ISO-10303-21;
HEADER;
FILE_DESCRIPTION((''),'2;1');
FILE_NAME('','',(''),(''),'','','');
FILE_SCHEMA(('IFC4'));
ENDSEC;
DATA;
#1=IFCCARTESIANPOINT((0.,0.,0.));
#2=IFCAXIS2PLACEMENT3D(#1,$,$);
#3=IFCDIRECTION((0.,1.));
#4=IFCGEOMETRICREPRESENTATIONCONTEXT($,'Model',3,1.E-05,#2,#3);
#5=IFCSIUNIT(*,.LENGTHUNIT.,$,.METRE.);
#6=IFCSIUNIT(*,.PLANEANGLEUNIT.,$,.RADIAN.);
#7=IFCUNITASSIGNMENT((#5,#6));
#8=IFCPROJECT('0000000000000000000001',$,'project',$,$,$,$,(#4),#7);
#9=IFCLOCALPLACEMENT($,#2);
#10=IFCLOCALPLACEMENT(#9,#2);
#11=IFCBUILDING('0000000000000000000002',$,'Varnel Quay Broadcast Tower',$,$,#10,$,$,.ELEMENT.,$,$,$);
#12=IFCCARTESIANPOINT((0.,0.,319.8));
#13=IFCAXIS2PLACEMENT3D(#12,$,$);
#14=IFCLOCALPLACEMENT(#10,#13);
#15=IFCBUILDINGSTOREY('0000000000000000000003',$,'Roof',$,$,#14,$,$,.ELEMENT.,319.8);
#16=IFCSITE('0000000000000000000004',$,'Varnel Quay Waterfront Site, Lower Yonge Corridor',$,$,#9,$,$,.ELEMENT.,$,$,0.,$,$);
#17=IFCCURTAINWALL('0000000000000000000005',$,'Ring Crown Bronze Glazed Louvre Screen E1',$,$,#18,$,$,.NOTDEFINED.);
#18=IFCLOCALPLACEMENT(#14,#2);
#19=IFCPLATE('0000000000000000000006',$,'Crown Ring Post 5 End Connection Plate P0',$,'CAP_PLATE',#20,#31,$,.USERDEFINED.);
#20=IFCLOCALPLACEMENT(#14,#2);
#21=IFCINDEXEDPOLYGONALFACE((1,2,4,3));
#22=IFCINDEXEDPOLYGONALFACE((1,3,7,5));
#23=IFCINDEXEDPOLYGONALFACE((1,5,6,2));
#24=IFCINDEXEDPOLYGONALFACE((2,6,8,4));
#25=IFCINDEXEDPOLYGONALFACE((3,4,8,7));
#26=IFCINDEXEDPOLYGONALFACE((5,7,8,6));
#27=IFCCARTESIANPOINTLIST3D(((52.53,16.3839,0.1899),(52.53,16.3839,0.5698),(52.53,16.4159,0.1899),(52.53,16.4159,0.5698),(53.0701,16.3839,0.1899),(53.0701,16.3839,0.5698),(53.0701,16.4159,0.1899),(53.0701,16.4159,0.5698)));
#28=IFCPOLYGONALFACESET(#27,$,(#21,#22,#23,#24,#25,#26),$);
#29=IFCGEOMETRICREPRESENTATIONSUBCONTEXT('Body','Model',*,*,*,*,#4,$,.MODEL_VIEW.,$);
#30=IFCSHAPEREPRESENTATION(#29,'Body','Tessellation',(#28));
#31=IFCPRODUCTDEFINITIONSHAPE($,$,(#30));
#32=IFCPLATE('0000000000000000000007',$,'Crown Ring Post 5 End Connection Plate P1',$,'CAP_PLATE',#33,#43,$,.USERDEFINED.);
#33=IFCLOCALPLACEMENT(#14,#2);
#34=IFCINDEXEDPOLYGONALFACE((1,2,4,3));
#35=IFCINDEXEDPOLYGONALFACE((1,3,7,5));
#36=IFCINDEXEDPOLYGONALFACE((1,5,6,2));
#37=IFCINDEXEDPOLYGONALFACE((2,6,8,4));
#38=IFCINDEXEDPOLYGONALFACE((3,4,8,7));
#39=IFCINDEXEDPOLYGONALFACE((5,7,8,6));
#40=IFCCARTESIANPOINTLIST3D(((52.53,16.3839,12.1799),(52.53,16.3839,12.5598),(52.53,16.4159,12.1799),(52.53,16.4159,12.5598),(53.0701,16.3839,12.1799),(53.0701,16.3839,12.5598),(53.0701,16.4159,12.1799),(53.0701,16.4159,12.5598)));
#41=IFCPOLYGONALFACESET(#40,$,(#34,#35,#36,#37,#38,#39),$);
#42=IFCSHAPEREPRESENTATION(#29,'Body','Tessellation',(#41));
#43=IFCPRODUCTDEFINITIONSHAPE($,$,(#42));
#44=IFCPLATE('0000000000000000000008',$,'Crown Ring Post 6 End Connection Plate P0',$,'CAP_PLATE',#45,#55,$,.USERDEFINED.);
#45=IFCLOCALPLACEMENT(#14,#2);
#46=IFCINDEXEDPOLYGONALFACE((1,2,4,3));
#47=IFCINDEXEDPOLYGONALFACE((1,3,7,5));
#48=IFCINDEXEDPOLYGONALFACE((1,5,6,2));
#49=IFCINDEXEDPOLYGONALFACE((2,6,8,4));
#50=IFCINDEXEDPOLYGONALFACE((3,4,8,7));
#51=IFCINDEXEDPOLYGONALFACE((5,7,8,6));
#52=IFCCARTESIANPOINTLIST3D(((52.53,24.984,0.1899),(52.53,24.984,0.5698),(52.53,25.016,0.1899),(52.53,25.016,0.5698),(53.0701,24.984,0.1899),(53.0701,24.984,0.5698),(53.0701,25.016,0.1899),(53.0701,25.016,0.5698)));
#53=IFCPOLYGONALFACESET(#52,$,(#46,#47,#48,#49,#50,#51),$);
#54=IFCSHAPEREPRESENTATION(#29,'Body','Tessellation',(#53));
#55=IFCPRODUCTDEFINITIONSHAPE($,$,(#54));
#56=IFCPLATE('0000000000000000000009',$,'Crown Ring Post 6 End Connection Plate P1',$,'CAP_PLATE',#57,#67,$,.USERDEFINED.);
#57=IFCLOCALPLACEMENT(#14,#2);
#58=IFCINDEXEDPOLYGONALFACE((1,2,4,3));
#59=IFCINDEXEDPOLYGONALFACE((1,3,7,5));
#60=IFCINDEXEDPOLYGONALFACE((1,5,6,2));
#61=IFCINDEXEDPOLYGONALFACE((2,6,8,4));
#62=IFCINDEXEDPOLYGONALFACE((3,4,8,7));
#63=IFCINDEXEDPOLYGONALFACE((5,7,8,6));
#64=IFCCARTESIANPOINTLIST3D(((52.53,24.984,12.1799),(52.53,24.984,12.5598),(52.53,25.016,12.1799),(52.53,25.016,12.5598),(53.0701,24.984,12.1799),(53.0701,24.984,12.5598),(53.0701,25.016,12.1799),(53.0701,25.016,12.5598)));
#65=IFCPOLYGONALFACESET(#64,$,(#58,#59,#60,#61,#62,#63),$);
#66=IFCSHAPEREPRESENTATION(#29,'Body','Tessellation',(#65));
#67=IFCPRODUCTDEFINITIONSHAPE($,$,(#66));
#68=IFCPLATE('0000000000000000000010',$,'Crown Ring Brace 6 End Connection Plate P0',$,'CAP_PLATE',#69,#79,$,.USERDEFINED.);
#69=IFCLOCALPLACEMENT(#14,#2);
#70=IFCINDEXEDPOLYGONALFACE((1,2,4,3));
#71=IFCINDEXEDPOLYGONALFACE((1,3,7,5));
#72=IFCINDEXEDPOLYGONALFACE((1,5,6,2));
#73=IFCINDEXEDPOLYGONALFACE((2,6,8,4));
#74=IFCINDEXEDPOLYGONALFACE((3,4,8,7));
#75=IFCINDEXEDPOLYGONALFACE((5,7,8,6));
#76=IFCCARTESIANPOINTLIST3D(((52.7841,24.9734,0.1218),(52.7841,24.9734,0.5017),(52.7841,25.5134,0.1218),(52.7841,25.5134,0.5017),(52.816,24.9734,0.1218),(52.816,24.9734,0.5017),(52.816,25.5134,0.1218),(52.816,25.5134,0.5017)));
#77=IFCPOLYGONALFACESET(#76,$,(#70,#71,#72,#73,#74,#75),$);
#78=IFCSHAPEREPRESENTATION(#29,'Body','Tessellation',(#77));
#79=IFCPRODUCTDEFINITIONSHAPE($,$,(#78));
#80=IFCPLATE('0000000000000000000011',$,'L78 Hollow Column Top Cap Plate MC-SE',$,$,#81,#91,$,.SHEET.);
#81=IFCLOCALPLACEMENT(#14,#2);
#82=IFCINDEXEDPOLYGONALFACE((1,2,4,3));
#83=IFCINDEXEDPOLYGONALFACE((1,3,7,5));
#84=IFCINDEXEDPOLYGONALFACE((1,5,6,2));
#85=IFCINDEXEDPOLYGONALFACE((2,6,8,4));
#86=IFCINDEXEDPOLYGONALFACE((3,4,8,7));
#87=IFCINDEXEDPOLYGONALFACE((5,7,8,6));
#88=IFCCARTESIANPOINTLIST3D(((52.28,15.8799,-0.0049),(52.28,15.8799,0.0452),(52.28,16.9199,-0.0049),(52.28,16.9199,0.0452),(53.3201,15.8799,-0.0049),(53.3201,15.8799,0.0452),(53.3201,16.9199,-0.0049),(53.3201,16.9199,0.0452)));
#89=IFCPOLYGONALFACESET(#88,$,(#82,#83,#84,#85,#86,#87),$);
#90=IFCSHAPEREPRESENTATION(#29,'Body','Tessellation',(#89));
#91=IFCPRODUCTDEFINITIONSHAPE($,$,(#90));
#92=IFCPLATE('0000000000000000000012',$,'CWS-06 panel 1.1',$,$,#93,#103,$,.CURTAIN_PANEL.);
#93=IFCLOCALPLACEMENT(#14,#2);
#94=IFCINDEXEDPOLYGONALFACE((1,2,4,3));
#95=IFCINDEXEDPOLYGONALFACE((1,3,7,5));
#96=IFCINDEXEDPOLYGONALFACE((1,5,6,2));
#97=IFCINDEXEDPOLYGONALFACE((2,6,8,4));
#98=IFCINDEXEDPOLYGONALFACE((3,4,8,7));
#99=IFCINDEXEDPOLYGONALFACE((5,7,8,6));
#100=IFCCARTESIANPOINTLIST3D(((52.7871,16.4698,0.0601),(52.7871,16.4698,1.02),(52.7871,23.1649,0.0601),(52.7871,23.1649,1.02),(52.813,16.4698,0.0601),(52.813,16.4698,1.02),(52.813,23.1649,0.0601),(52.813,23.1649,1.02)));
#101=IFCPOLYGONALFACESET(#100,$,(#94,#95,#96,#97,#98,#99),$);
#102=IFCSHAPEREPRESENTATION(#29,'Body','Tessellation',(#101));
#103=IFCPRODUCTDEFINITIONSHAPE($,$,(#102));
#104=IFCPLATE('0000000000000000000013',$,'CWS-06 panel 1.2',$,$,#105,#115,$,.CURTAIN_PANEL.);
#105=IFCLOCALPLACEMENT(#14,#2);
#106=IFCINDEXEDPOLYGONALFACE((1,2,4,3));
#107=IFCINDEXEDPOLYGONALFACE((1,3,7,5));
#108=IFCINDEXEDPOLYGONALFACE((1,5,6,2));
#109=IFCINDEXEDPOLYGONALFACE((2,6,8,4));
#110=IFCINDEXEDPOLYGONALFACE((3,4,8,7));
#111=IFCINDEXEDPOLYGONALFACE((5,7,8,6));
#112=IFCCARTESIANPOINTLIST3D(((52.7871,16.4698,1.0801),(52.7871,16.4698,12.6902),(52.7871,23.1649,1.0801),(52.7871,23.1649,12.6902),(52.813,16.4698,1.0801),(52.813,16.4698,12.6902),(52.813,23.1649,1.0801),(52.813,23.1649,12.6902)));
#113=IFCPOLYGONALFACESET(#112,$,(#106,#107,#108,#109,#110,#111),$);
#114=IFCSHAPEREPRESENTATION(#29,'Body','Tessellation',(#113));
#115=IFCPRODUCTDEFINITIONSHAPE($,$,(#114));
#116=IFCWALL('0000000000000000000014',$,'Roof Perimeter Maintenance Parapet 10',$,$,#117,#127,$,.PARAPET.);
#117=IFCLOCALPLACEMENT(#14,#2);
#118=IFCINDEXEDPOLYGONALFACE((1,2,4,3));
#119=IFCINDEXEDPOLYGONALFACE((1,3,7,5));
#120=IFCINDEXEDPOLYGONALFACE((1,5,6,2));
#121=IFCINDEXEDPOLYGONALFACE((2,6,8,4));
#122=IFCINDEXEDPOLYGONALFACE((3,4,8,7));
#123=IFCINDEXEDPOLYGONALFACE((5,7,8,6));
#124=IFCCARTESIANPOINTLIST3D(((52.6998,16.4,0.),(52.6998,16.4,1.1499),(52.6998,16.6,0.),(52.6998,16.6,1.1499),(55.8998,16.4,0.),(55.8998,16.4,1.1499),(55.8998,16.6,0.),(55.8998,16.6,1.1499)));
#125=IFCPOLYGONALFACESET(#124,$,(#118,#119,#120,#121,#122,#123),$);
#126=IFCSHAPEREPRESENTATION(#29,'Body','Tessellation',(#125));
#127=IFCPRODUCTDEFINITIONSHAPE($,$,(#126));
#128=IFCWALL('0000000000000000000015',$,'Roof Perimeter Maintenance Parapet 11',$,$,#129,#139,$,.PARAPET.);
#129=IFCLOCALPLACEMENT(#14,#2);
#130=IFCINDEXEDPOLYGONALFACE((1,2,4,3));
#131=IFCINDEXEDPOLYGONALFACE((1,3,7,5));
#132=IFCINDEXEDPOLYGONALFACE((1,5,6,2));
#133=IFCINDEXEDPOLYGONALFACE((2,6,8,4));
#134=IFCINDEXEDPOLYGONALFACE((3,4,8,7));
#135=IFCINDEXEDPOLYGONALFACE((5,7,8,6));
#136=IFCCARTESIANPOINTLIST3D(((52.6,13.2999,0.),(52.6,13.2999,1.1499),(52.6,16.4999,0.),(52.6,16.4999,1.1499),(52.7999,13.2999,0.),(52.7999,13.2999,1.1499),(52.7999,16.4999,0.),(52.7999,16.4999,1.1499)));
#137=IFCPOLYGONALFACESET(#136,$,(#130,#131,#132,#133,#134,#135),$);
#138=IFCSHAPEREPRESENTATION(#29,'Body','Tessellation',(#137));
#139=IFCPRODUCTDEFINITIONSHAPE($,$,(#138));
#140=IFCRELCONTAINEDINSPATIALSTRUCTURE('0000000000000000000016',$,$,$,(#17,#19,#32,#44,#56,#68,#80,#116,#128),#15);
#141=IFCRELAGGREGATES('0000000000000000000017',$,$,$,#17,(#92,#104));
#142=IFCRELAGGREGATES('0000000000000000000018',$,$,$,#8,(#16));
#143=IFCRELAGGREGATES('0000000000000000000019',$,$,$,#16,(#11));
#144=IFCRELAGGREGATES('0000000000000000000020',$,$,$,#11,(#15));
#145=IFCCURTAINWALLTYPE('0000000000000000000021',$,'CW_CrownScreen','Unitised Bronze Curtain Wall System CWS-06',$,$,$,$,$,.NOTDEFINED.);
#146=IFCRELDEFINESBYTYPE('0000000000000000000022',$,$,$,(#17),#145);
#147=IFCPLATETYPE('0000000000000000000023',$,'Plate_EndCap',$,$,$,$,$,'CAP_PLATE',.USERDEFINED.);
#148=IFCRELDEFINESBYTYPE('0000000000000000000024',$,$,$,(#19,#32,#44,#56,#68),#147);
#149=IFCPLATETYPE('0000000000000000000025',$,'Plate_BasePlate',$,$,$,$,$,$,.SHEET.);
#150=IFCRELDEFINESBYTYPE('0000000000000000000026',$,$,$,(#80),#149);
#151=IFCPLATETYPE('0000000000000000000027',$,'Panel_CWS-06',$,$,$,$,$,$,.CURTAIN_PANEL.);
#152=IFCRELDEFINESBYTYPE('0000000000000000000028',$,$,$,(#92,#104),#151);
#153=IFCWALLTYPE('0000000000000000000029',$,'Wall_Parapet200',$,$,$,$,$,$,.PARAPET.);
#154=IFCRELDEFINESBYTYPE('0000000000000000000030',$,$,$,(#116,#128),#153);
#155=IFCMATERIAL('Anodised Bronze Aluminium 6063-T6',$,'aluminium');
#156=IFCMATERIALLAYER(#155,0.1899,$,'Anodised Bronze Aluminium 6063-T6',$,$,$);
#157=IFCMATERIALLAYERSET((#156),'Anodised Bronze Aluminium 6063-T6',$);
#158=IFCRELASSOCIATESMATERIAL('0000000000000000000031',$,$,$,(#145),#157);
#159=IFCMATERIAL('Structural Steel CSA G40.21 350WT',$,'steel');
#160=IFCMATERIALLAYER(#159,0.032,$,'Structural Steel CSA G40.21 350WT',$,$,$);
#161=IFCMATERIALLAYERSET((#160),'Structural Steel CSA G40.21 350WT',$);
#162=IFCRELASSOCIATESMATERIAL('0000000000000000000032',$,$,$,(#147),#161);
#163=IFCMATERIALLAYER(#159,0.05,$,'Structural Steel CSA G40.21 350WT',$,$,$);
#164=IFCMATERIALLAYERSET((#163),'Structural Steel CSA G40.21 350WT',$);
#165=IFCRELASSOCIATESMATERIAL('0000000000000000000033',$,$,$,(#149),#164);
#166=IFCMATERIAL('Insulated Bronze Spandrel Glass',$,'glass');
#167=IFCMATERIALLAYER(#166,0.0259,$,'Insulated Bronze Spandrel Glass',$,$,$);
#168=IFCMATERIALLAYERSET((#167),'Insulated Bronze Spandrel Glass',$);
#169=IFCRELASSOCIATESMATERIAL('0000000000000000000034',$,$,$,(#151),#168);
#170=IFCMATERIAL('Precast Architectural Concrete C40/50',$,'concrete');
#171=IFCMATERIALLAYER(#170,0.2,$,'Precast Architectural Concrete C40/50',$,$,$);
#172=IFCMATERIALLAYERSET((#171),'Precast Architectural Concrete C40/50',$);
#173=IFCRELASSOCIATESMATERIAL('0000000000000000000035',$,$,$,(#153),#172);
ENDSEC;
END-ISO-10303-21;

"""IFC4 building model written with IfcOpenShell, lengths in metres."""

from ifc_helpers import new_model, si_unit, direction, frame, frame_2d, origin, origin_2d, place, context, subcontext, project, spatial, rectangle, extrude, source, transform, mapped, material, layer, layer_set, type_object, type_shapes, element, aggregate, save


model = new_model("IFC4")

# Units and contexts
model_context = context("Model", 3, precision=1e-05, world=origin(), true_north=direction((0.0, 1.0)))
body_context = subcontext(model_context, "Body", "Model", "MODEL_VIEW")
ifc_project = project(units=[si_unit("LENGTHUNIT", "METRE"), si_unit("PLANEANGLEUNIT", "RADIAN")], contexts=[model_context])

# Site, building, storey
site_placement = place(None, origin())
site = spatial("IfcSite", under=ifc_project, at=site_placement, Name="Varnel Quay Waterfront Site, Lower Yonge Corridor", CompositionType="ELEMENT", RefElevation=0.0)
building_placement = place(site_placement, origin())
building = spatial("IfcBuilding", under=site, at=building_placement, Name="Varnel Quay Broadcast Tower", CompositionType="ELEMENT")
storey_placement = place(building_placement, frame((0.0, 0.0, 319.8)))
storey = spatial("IfcBuildingStorey", under=building, at=storey_placement, Name="Roof", CompositionType="ELEMENT", Elevation=319.8)

# Shared definitions
ifc_material_1 = material(Name="Structural Steel CSA G40.21 350WT", Category="steel")

# Shared definitions
ifc_material_2 = material(Name="Anodised Bronze Aluminium 6063-T6", Category="aluminium")
ifc_layer_1 = layer(ifc_material_2, 0.1899, Name="Anodised Bronze Aluminium 6063-T6")
ifc_layer_set_1 = layer_set([ifc_layer_1], Name="Anodised Bronze Aluminium 6063-T6")
curtain_wall_type = type_object("IfcCurtainWallType", Name="CW_CrownScreen", Description="Unitised Bronze Curtain Wall System CWS-06", PredefinedType="NOTDEFINED", material=ifc_layer_set_1)

# Curtain wall
curtain_wall_1_placement = place(storey_placement, origin())
curtain_wall_1 = element("IfcCurtainWall", 1, at=curtain_wall_1_placement, inside=storey, type_object=curtain_wall_type, Name="Ring Crown Bronze Glazed Louvre Screen E1", PredefinedType="NOTDEFINED")

# Plates
ifc_layer_2 = layer(ifc_material_1, 0.032, Name="Structural Steel CSA G40.21 350WT")
ifc_layer_set_2 = layer_set([ifc_layer_2], Name="Structural Steel CSA G40.21 350WT")
plate_type_1 = type_object("IfcPlateType", Name="Plate_EndCap", ElementType="CAP_PLATE", PredefinedType="USERDEFINED", material=ifc_layer_set_2)
shared_shape_1 = source(origin(), body_context, "Body", "SweptSolid", [
    extrude(rectangle(XDim=0.54, YDim=0.032, at=origin_2d()), origin(), (0.0, 0.0, 1.0), 0.3799),
])
type_shapes(plate_type_1, [shared_shape_1])
for number, where, z_axis, x_axis, name in (
    (2, (52.8, 16.3999, 0.1899), (0.0, 0.0, 1.0), (1.0, 0.0, 0.0), "Crown Ring Post 5 End Connection Plate P0"),
    (3, (52.8, 16.3999, 12.1799), (0.0, 0.0, 1.0), (1.0, 0.0, 0.0), "Crown Ring Post 5 End Connection Plate P1"),
    (4, (52.8, 25.0, 0.1899), (0.0, 0.0, 1.0), (1.0, 0.0, 0.0), "Crown Ring Post 6 End Connection Plate P0"),
    (5, (52.8, 25.0, 12.1799), (0.0, 0.0, 1.0), (1.0, 0.0, 0.0), "Crown Ring Post 6 End Connection Plate P1"),
    (6, (52.8, 25.2434, 0.1218), (0.0, 0.0, 1.0), (0.0, 1.0, 0.0), "Crown Ring Brace 6 End Connection Plate P0"),
):
    element("IfcPlate", number, at=place(storey_placement, frame(where, z_axis=z_axis, x_axis=x_axis)), inside=storey, type_object=plate_type_1, Name=name, ObjectType="CAP_PLATE", PredefinedType="USERDEFINED", context=body_context, shape_type="MappedRepresentation", body=[
        mapped(shared_shape_1, transform((0.0, 0.0, 0.0), x_axis=(1.0, 0.0, 0.0), y_axis=(0.0, 1.0, 0.0), z_axis=(0.0, 0.0, 1.0), scale=1.0)),
    ])
ifc_layer_3 = layer(ifc_material_1, 0.05, Name="Structural Steel CSA G40.21 350WT")
ifc_layer_set_3 = layer_set([ifc_layer_3], Name="Structural Steel CSA G40.21 350WT")
plate_type_2 = type_object("IfcPlateType", Name="Plate_BasePlate", PredefinedType="SHEET", material=ifc_layer_set_3)
shared_shape_2 = source(origin(), body_context, "Body", "SweptSolid", [
    extrude(rectangle(XDim=1.04, YDim=1.04, at=origin_2d()), origin(), (0.0, 0.0, 1.0), 0.05),
])
type_shapes(plate_type_2, [shared_shape_2])
plate_1_placement = place(storey_placement, frame((52.8, 16.3999, -0.0049), z_axis=(0.0, 0.0, 1.0), x_axis=(1.0, 0.0, 0.0)))
element("IfcPlate", 7, at=plate_1_placement, inside=storey, type_object=plate_type_2, Name="L78 Hollow Column Top Cap Plate MC-SE", PredefinedType="SHEET", context=body_context, shape_type="MappedRepresentation", body=[
    mapped(shared_shape_2, transform((0.0, 0.0, 0.0), x_axis=(1.0, 0.0, 0.0), y_axis=(0.0, 1.0, 0.0), z_axis=(0.0, 0.0, 1.0), scale=1.0)),
])

# Plates
ifc_material_3 = material(Name="Insulated Bronze Spandrel Glass", Category="glass")
ifc_layer_4 = layer(ifc_material_3, 0.0259, Name="Insulated Bronze Spandrel Glass")
ifc_layer_set_4 = layer_set([ifc_layer_4], Name="Insulated Bronze Spandrel Glass")
plate_type_3 = type_object("IfcPlateType", Name="Panel_CWS-06", PredefinedType="CURTAIN_PANEL", material=ifc_layer_set_4)
shared_shape_3 = source(origin(), body_context, "Body", "SweptSolid", [
    extrude(rectangle(XDim=6.6951, YDim=0.0259, at=origin_2d()), origin(), (0.0, 0.0, 1.0), 0.96),
])
plate_2_placement = place(storey_placement, frame((52.8, 19.8174, 0.0601), z_axis=(0.0, 0.0, 1.0), x_axis=(0.0, 1.0, 0.0)))
plate_2 = element("IfcPlate", 8, at=plate_2_placement, type_object=plate_type_3, Name="CWS-06 panel 1.1", PredefinedType="CURTAIN_PANEL", context=body_context, shape_type="MappedRepresentation", body=[
    mapped(shared_shape_3, transform((0.0, 0.0, 0.0), x_axis=(1.0, 0.0, 0.0), y_axis=(0.0, 1.0, 0.0), z_axis=(0.0, 0.0, 1.0), scale=1.0)),
])
shared_shape_4 = source(origin(), body_context, "Body", "SweptSolid", [
    extrude(rectangle(XDim=6.6951, YDim=0.0259, at=origin_2d()), origin(), (0.0, 0.0, 1.0), 11.6101),
])
type_shapes(plate_type_3, [shared_shape_3, shared_shape_4])
plate_3_placement = place(storey_placement, frame((52.8, 19.8174, 1.0801), z_axis=(0.0, 0.0, 1.0), x_axis=(0.0, 1.0, 0.0)))
plate_3 = element("IfcPlate", 9, at=plate_3_placement, type_object=plate_type_3, Name="CWS-06 panel 1.2", PredefinedType="CURTAIN_PANEL", context=body_context, shape_type="MappedRepresentation", body=[
    mapped(shared_shape_4, transform((0.0, 0.0, 0.0), x_axis=(1.0, 0.0, 0.0), y_axis=(0.0, 1.0, 0.0), z_axis=(0.0, 0.0, 1.0), scale=1.0)),
])
aggregate(curtain_wall_1, [plate_2, plate_3])

# Walls
ifc_material_4 = material(Name="Precast Architectural Concrete C40/50", Category="concrete")
ifc_layer_5 = layer(ifc_material_4, 0.2, Name="Precast Architectural Concrete C40/50")
ifc_layer_set_5 = layer_set([ifc_layer_5], Name="Precast Architectural Concrete C40/50")
wall_type = type_object("IfcWallType", Name="Wall_Parapet200", PredefinedType="PARAPET", material=ifc_layer_set_5)
for number, where, z_axis, x_axis, name in (
    (10, (55.8999, 16.5, 0.0), (0.0, 0.0, 1.0), (-1.0, 0.0, 0.0), "Roof Perimeter Maintenance Parapet 10"),
    (11, (52.7, 16.5, 0.0), (0.0, 0.0, 1.0), (0.0, -1.0, 0.0), "Roof Perimeter Maintenance Parapet 11"),
):
    element("IfcWall", number, at=place(storey_placement, frame(where, z_axis=z_axis, x_axis=x_axis)), inside=storey, type_object=wall_type, Name=name, PredefinedType="PARAPET", context=body_context, shape_type="SweptSolid", body=[
        extrude(rectangle(XDim=3.2, YDim=0.2, at=frame_2d((1.6001, 0.0))), origin(), (0.0, 0.0, 1.0), 1.1499),
    ])

save(model, "model.ifc")
